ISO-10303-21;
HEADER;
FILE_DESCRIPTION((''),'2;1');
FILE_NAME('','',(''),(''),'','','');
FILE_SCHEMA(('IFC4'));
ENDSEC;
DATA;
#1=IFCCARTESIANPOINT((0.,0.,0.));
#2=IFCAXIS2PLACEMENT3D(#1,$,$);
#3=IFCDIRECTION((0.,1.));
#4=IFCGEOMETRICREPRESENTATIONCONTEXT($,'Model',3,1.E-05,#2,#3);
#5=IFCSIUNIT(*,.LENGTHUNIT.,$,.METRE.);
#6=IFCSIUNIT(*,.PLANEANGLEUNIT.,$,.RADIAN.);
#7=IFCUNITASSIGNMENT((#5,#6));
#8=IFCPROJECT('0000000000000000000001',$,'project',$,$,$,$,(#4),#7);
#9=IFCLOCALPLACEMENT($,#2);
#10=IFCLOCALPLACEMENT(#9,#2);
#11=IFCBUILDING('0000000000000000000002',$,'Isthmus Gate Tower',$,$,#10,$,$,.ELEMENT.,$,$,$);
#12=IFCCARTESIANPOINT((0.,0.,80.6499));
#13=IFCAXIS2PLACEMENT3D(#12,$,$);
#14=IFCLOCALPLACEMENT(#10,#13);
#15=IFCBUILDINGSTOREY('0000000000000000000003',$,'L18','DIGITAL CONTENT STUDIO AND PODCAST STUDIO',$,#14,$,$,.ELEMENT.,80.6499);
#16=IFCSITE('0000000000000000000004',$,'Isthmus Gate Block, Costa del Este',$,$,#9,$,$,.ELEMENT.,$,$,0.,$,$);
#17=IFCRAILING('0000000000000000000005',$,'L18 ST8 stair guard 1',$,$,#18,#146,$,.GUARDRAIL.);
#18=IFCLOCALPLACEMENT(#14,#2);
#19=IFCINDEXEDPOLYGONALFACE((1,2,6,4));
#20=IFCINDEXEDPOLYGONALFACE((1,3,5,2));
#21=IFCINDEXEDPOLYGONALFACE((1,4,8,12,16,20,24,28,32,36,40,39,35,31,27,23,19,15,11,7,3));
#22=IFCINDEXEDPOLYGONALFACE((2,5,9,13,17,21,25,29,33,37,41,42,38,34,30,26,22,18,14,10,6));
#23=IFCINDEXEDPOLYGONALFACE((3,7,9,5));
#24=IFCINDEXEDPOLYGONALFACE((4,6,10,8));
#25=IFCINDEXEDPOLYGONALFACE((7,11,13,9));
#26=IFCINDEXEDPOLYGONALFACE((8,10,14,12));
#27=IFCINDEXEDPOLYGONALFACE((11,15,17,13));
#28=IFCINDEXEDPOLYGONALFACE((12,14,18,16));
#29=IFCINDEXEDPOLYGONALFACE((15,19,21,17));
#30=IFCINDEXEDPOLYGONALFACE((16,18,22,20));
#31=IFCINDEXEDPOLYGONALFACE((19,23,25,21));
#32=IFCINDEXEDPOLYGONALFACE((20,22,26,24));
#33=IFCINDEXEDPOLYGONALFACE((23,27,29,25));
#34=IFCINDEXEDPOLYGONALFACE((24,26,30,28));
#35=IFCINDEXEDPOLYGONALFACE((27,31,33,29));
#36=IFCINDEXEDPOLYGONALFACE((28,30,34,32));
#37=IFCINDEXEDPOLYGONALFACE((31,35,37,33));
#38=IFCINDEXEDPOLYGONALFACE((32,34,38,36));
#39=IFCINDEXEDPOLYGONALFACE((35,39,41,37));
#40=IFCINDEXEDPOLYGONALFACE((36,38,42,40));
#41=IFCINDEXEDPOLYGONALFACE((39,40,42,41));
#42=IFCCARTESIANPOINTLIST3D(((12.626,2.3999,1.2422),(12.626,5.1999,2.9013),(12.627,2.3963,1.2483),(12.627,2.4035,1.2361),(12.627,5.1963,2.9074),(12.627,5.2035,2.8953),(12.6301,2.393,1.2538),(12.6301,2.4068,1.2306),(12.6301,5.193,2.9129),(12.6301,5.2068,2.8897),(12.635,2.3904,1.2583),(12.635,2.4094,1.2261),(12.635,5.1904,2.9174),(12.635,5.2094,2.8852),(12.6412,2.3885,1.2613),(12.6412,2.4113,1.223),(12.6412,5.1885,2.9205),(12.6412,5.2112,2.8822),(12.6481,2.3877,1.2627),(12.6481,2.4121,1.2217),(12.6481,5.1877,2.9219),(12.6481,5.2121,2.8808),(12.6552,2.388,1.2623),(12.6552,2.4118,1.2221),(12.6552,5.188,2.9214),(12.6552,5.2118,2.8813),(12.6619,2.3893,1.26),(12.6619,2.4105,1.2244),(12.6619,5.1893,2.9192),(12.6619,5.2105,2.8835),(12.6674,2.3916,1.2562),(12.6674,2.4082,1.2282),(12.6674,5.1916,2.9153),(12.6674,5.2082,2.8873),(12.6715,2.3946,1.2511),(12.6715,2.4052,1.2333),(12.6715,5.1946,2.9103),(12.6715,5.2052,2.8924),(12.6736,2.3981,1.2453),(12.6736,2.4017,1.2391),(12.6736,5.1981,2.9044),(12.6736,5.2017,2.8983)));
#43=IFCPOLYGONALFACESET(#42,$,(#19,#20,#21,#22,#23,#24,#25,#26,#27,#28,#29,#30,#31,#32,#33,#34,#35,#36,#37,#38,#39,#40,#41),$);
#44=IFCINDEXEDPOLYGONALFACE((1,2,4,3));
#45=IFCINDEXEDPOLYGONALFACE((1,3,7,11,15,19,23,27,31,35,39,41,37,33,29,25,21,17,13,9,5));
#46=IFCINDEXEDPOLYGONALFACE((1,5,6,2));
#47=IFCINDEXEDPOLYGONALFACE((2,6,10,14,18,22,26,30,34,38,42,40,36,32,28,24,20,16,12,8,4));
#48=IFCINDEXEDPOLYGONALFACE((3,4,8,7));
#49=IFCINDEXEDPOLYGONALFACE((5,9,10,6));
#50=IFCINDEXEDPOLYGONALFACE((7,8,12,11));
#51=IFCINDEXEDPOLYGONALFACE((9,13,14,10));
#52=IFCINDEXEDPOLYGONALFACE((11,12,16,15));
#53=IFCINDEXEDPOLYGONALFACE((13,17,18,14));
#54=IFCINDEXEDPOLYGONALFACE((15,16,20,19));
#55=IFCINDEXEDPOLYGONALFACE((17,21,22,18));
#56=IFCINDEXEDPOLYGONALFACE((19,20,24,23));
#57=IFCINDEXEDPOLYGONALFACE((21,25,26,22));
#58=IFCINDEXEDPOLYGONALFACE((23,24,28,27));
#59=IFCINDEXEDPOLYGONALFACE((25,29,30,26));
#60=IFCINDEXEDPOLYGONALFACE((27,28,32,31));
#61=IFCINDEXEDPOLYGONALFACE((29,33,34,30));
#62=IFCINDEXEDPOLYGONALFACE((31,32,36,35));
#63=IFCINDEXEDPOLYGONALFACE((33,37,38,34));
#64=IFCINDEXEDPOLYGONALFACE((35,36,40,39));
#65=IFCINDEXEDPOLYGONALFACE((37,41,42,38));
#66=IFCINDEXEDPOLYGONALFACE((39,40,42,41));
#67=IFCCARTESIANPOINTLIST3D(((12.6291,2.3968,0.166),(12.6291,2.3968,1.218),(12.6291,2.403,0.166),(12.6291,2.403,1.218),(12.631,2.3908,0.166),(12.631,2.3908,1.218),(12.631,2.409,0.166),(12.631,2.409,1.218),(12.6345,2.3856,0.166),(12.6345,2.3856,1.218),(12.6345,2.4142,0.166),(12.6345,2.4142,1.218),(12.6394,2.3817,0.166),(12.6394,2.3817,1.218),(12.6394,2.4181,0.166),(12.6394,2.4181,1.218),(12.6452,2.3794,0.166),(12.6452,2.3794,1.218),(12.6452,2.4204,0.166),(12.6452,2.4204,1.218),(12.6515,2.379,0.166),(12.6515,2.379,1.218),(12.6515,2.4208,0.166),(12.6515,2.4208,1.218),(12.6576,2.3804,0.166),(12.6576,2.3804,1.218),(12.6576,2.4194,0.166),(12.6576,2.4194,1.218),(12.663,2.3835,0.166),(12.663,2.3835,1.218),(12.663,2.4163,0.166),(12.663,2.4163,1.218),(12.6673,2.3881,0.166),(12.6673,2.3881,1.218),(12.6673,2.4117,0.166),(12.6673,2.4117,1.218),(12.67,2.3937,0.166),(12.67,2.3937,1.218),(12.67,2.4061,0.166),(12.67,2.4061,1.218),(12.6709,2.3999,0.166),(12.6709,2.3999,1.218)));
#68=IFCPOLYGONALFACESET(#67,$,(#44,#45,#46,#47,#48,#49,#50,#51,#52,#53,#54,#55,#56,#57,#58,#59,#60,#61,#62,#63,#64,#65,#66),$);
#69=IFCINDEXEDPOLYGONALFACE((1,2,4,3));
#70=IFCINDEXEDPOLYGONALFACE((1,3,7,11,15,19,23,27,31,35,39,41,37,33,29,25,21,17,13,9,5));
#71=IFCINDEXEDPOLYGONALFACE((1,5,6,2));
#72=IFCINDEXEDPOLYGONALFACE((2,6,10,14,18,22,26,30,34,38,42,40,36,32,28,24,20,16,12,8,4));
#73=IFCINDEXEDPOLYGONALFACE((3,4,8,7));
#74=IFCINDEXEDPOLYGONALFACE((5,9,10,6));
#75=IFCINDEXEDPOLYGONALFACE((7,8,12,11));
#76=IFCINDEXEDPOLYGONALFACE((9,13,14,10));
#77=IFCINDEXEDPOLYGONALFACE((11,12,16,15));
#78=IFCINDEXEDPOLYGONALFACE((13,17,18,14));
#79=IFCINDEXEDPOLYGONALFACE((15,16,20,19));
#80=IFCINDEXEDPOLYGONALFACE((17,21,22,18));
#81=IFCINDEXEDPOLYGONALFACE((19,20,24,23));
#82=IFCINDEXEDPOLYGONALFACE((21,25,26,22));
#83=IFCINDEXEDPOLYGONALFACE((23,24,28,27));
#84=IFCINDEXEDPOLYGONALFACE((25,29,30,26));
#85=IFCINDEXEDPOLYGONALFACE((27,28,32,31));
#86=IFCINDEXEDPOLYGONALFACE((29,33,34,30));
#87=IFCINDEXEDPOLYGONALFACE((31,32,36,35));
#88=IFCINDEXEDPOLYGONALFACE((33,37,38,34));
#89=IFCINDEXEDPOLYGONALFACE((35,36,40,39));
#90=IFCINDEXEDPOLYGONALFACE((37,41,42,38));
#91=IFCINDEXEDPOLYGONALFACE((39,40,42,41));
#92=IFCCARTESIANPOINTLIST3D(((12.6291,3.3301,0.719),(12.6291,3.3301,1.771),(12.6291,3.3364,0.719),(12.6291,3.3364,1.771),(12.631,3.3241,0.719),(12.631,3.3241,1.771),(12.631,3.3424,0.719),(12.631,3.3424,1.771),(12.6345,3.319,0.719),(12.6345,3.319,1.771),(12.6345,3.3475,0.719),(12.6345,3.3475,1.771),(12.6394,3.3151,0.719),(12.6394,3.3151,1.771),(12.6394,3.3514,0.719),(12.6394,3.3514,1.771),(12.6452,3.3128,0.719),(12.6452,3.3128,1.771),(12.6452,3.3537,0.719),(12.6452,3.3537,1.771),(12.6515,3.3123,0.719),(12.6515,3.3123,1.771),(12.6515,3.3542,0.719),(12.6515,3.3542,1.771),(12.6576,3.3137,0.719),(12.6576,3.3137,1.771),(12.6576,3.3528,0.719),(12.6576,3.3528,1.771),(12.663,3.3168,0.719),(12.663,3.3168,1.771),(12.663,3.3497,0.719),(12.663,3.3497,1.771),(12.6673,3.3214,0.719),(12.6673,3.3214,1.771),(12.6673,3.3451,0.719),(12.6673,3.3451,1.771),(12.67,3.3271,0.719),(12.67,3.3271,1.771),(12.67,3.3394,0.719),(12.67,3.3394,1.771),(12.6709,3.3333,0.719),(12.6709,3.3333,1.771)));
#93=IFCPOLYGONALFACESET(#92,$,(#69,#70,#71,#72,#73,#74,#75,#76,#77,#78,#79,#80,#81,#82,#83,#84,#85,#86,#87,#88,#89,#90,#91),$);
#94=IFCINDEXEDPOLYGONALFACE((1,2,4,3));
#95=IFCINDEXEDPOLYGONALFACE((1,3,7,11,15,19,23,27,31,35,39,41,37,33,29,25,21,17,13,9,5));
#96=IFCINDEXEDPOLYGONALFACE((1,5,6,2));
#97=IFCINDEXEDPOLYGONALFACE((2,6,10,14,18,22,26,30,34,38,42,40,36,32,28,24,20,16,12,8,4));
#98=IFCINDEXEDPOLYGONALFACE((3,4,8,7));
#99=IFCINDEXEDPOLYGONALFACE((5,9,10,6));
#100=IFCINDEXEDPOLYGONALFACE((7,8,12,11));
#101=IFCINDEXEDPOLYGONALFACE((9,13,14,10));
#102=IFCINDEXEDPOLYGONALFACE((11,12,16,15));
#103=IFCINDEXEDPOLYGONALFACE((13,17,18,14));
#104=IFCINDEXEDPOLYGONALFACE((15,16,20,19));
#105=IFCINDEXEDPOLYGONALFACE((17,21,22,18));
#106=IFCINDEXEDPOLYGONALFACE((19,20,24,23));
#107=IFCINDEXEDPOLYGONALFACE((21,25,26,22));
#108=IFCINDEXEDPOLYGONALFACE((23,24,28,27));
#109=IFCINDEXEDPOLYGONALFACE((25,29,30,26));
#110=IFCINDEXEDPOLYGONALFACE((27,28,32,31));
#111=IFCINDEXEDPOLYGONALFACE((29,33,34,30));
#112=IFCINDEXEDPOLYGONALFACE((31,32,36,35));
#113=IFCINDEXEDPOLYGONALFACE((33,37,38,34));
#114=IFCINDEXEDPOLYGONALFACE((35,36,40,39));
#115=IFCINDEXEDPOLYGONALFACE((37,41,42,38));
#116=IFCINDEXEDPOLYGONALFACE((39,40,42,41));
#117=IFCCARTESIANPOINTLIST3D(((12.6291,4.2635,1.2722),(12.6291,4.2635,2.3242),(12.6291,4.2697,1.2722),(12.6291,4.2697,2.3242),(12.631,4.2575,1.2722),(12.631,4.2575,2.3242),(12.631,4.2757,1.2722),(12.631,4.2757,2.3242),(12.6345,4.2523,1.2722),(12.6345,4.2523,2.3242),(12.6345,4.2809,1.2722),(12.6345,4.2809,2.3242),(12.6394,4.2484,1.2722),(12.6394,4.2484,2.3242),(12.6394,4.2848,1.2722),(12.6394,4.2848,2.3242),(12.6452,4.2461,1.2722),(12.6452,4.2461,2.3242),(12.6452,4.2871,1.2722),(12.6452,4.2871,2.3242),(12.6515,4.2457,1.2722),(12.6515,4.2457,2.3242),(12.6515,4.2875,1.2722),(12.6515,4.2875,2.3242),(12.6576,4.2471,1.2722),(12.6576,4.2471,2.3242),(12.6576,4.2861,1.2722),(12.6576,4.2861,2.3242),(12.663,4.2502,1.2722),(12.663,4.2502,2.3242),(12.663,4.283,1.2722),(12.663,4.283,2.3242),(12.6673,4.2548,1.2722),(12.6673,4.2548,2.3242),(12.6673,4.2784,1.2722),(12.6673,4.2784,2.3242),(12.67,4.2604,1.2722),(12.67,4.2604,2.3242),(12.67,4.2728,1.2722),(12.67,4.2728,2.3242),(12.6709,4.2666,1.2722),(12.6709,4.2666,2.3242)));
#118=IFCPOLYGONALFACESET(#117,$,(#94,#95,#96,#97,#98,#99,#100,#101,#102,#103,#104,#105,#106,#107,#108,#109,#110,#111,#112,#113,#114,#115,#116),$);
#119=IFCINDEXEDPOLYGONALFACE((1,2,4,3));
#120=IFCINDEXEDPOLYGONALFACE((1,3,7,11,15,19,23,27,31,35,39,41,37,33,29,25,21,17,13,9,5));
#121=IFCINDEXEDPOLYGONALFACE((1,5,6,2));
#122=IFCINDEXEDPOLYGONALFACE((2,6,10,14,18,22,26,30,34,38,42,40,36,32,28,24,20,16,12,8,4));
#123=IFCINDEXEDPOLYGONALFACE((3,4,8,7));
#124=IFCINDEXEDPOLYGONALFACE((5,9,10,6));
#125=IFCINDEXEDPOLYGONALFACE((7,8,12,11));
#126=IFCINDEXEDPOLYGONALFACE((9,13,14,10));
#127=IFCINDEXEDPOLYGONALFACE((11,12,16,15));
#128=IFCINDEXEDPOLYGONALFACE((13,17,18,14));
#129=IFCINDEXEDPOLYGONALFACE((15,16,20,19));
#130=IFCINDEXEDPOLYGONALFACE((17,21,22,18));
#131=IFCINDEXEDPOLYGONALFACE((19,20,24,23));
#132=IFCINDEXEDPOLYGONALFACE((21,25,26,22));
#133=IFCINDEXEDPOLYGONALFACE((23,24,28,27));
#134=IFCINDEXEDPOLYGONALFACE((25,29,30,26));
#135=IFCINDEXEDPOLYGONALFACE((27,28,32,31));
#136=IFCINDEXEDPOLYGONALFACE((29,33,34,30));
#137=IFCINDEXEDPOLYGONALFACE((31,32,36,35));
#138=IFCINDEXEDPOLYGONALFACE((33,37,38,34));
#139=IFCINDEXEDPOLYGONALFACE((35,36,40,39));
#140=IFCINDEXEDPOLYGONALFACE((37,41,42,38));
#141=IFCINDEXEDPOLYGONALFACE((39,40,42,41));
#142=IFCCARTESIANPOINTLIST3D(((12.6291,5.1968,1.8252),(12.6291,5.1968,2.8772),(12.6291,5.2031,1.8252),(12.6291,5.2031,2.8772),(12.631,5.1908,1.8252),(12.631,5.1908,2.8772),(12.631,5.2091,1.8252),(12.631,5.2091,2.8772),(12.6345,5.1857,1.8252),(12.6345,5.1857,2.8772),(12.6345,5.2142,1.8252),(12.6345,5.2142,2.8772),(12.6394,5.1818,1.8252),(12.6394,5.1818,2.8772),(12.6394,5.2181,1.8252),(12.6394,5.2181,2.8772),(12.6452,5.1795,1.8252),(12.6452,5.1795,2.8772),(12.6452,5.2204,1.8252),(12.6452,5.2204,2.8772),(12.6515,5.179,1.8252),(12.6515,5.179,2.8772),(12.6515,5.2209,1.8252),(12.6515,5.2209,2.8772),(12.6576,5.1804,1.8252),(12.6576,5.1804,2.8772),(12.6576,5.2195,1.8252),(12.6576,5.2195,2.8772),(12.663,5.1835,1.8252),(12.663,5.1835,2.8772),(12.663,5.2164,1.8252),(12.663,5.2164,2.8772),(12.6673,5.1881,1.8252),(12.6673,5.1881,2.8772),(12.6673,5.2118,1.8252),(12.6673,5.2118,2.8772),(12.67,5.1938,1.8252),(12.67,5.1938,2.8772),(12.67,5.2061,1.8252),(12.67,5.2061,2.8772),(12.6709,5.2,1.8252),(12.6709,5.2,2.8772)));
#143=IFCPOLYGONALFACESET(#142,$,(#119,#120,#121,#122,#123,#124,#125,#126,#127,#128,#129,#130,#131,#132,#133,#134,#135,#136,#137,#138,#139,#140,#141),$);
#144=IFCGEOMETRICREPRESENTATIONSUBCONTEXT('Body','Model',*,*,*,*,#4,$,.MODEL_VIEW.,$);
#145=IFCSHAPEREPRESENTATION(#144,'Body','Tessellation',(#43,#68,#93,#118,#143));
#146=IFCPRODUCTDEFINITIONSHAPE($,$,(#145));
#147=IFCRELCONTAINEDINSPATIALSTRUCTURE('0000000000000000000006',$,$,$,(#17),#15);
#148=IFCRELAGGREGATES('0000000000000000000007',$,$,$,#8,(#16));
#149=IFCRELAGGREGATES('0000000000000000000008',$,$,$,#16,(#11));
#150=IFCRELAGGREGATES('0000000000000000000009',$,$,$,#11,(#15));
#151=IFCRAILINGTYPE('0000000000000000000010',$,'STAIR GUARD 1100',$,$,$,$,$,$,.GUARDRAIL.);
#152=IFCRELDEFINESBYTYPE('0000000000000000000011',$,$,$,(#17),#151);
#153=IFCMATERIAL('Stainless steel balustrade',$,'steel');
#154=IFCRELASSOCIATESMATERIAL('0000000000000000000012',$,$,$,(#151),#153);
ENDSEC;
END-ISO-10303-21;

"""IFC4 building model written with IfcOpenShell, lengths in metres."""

from ifc_helpers import new_model, si_unit, direction, frame, origin, origin_2d, place, context, subcontext, project, spatial, circle, extrude, material, type_object, element, save


model = new_model("IFC4")

# Units and contexts
model_context = context("Model", 3, precision=1e-05, world=origin(), true_north=direction((0.0, 1.0)))
body_context = subcontext(model_context, "Body", "Model", "MODEL_VIEW")
ifc_project = project(units=[si_unit("LENGTHUNIT", "METRE"), si_unit("PLANEANGLEUNIT", "RADIAN")], contexts=[model_context])

# Site, building, storey
site_placement = place(None, origin())
site = spatial("IfcSite", under=ifc_project, at=site_placement, Name="Isthmus Gate Block, Costa del Este", CompositionType="ELEMENT", RefElevation=0.0)
building_placement = place(site_placement, origin())
building = spatial("IfcBuilding", under=site, at=building_placement, Name="Isthmus Gate Tower", CompositionType="ELEMENT")
storey_placement = place(building_placement, frame((0.0, 0.0, 80.6499)))
storey = spatial("IfcBuildingStorey", under=building, at=storey_placement, Name="L18", Description="DIGITAL CONTENT STUDIO AND PODCAST STUDIO", CompositionType="ELEMENT", Elevation=80.6499)

# Railing
ifc_material_1 = material(Name="Stainless steel balustrade", Category="steel")
railing_type_1 = type_object("IfcRailingType", Name="STAIR GUARD 1100", PredefinedType="GUARDRAIL", material=ifc_material_1)
railing_1_placement = place(storey_placement, frame((12.6499, 2.3999, 0.166)))
element("IfcRailing", 1, at=railing_1_placement, inside=storey, type_object=railing_type_1, Name="L18 ST8 stair guard 1", PredefinedType="GUARDRAIL", context=body_context, shape_type="SweptSolid", body=[
    extrude(circle(Radius=0.0239, at=origin_2d()), frame((0.0, 0.0, 1.0762), z_axis=(0.0, 0.860306, 0.509778), x_axis=(-1.0, 0.0, 0.0)), (0.0, 0.0, 1.0), 3.2546),
    extrude(circle(Radius=0.021, at=origin_2d()), origin(), (0.0, 0.0, 1.0), 1.052),
    extrude(circle(Radius=0.021, at=origin_2d()), frame((0.0, 0.9333, 0.553)), (0.0, 0.0, 1.0), 1.052),
    extrude(circle(Radius=0.021, at=origin_2d()), frame((0.0, 1.8667, 1.1062)), (0.0, 0.0, 1.0), 1.052),
    extrude(circle(Radius=0.021, at=origin_2d()), frame((0.0, 2.8, 1.6592)), (0.0, 0.0, 1.0), 1.052),
])

save(model, "model.ifc")
